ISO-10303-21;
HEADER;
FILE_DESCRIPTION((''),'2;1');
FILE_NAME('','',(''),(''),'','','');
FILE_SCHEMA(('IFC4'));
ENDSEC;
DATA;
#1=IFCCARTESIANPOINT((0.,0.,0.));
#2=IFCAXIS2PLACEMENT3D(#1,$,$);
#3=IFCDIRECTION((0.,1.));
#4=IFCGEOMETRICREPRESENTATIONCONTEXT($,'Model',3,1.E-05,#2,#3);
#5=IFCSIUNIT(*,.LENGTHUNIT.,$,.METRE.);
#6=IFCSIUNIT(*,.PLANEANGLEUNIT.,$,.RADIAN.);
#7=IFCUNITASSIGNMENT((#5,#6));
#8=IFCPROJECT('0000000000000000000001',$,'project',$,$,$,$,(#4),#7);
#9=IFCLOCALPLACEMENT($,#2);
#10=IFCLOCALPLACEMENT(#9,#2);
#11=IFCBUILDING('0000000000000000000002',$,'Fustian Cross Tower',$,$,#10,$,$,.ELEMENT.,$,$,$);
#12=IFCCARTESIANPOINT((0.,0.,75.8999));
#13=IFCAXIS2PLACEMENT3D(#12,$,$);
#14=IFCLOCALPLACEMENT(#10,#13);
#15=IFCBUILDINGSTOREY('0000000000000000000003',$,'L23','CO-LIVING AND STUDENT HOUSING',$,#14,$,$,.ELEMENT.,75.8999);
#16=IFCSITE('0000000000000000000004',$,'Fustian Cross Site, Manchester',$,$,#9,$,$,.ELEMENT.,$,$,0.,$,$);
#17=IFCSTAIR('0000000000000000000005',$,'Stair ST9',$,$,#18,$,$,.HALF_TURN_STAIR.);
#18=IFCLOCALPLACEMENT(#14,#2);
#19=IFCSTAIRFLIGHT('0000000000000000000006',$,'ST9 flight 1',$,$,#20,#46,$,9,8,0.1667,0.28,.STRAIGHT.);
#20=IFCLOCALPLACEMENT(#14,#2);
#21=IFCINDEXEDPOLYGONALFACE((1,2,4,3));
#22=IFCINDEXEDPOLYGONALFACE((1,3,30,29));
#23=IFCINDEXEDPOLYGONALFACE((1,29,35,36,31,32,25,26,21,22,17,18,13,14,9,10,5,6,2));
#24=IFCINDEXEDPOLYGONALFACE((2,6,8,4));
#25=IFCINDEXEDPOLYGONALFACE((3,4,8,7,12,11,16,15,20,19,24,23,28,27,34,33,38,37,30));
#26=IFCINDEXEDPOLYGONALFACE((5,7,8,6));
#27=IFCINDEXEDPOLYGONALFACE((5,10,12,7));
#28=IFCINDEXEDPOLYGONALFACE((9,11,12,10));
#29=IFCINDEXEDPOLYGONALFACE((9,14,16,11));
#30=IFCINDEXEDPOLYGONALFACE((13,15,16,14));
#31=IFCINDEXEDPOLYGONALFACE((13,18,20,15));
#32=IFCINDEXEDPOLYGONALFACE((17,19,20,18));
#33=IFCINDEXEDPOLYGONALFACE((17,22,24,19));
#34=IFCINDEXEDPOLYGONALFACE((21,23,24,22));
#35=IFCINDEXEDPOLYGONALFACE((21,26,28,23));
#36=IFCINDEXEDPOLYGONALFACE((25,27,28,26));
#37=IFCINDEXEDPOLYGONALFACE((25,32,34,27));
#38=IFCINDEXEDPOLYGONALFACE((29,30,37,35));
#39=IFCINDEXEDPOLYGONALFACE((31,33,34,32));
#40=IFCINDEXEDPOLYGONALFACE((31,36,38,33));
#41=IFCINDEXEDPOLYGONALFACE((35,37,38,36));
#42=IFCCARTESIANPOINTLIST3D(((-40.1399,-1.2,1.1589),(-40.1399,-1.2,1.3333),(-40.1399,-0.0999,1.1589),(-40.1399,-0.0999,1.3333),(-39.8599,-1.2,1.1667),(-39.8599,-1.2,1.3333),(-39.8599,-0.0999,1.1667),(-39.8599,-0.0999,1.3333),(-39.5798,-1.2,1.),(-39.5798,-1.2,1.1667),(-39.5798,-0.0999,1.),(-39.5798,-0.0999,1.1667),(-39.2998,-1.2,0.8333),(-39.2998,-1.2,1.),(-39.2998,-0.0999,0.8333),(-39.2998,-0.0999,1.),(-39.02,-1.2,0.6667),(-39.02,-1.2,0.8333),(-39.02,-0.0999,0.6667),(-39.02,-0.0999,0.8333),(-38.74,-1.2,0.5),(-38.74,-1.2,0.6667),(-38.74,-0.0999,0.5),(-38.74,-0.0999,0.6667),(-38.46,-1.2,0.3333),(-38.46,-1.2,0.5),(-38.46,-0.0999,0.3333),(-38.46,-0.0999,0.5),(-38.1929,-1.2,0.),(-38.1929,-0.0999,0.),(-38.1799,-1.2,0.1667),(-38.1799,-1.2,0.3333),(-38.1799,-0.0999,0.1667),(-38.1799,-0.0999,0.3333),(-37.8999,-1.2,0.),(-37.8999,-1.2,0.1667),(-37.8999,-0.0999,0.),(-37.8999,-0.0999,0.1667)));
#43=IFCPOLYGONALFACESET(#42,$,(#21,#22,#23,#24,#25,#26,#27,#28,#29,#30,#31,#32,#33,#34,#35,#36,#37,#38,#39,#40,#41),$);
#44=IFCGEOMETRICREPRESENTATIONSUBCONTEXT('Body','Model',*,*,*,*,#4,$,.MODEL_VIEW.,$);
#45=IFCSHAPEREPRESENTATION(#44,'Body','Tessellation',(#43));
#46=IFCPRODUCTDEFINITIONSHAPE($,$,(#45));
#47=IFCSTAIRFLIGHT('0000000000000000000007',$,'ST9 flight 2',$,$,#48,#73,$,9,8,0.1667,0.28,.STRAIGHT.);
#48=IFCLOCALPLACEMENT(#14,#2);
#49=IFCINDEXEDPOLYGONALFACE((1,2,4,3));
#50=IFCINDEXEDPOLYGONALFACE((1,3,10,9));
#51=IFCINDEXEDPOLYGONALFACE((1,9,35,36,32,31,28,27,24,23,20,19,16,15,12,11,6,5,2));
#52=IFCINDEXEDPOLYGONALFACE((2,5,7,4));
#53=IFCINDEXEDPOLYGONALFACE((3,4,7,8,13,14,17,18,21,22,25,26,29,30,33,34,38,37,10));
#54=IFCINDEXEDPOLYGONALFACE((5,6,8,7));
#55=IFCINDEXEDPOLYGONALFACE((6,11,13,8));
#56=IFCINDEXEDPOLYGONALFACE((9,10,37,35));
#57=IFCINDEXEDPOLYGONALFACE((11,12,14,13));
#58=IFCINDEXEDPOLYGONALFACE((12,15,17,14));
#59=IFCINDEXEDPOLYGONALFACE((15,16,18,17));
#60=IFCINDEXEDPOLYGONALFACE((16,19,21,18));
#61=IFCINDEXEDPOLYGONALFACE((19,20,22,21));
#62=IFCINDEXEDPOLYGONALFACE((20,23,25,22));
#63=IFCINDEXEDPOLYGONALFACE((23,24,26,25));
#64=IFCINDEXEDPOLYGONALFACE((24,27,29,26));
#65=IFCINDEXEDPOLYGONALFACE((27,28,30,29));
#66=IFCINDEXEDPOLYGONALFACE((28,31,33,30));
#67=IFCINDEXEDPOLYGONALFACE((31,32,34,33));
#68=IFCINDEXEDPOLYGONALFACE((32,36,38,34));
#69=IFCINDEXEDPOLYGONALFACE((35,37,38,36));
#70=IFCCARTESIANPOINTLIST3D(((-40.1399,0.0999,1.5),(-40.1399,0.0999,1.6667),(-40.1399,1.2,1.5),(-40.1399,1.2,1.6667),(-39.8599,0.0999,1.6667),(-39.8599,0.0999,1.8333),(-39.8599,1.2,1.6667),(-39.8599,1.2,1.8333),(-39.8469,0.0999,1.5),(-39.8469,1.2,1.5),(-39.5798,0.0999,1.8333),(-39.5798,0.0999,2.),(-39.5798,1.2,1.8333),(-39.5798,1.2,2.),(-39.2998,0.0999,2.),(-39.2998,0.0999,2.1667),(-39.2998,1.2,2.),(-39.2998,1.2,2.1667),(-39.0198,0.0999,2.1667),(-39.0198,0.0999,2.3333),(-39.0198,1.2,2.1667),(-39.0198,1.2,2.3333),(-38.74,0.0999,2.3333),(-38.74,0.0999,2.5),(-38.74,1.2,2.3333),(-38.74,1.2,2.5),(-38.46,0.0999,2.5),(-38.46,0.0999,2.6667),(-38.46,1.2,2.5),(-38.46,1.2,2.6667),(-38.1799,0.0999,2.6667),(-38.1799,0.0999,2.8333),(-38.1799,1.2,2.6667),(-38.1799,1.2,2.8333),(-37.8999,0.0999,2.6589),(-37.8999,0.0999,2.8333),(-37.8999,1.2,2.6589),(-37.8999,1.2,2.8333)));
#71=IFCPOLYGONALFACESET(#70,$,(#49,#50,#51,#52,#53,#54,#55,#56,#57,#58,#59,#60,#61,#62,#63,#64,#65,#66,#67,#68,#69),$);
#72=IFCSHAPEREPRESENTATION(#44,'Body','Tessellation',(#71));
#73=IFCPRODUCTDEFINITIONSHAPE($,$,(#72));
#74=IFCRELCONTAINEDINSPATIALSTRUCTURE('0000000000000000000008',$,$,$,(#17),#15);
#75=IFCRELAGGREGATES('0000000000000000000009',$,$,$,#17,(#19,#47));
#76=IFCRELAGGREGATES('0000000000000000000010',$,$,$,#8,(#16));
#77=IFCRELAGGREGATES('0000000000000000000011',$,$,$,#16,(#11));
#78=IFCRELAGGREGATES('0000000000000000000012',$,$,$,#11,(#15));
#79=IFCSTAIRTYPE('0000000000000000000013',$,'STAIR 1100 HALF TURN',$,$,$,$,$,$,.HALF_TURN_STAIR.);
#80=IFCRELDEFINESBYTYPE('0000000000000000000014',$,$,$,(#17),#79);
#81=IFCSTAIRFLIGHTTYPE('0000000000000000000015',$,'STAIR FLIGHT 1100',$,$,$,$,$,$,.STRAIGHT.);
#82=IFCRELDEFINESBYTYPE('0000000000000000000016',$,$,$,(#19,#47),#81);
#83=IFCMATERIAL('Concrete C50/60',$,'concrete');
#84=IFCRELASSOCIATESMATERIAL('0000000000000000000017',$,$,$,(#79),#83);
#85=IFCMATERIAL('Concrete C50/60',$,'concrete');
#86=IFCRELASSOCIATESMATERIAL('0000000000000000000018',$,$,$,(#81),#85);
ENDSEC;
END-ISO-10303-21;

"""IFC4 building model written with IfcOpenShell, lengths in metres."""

from ifc_helpers import new_model, si_unit, direction, frame, origin, place, context, subcontext, project, spatial, polyline, outline, extrude, material, type_object, element, aggregate, save


model = new_model("IFC4")

# Units and contexts
model_context = context("Model", 3, precision=1e-05, world=origin(), true_north=direction((0.0, 1.0)))
body_context = subcontext(model_context, "Body", "Model", "MODEL_VIEW")
ifc_project = project(units=[si_unit("LENGTHUNIT", "METRE"), si_unit("PLANEANGLEUNIT", "RADIAN")], contexts=[model_context])

# Site, building, storey
site_placement = place(None, origin())
site = spatial("IfcSite", under=ifc_project, at=site_placement, Name="Fustian Cross Site, Manchester", CompositionType="ELEMENT", RefElevation=0.0)
building_placement = place(site_placement, origin())
building = spatial("IfcBuilding", under=site, at=building_placement, Name="Fustian Cross Tower", CompositionType="ELEMENT")
storey_placement = place(building_placement, frame((0.0, 0.0, 75.8999)))
storey = spatial("IfcBuildingStorey", under=building, at=storey_placement, Name="L23", Description="CO-LIVING AND STUDENT HOUSING", CompositionType="ELEMENT", Elevation=75.8999)

# Stair, stair flights
ifc_material_1 = material(Name="Concrete C50/60", Category="concrete")
stair_type = type_object("IfcStairType", Name="STAIR 1100 HALF TURN", PredefinedType="HALF_TURN_STAIR", material=ifc_material_1)
stair_placement = place(storey_placement, origin())
stair = element("IfcStair", 1, at=stair_placement, inside=storey, type_object=stair_type, Name="Stair ST9", PredefinedType="HALF_TURN_STAIR")
ifc_material_2 = material(Name="Concrete C50/60", Category="concrete")
stair_flight_type = type_object("IfcStairFlightType", Name="STAIR FLIGHT 1100", PredefinedType="STRAIGHT", material=ifc_material_2)
stair_flight_1_placement = place(storey_placement, frame((-37.8999, -0.6499, 0.0), z_axis=(0.0, 0.0, 1.0), x_axis=(-1.0, 0.0, 0.0)))
stair_flight_1 = element("IfcStairFlight", 2, at=stair_flight_1_placement, type_object=stair_flight_type, Name="ST9 flight 1", NumberOfRisers=9, NumberOfTreads=8, PredefinedType="STRAIGHT", RiserHeight=0.1667, TreadLength=0.28, context=body_context, shape_type="SweptSolid", body=[
    extrude(outline(polyline([(0.0, 0.0), (0.0, 0.1667), (0.28, 0.1667), (0.28, 0.3333), (0.5601, 0.3333), (0.5601, 0.5), (0.8401, 0.5), (0.8401, 0.6667), (1.1201, 0.6667), (1.1201, 0.8333), (1.3999, 0.8333), (1.3999, 1.0), (1.6799, 1.0), (1.6799, 1.1667), (1.96, 1.1667), (1.96, 1.3333), (2.24, 1.3333), (2.24, 1.5), (2.24, 1.1589), (0.293, 0.0), (0.0, 0.0)])), frame((0.0, 0.55, 0.0), z_axis=(0.0, -1.0, 0.0), x_axis=(1.0, 0.0, 0.0)), (0.0, 0.0, 1.0), 1.1001),
])
stair_flight_2_placement = place(storey_placement, frame((-40.1399, 0.6499, 1.5), z_axis=(0.0, 0.0, 1.0), x_axis=(1.0, 0.0, 0.0)))
stair_flight_2 = element("IfcStairFlight", 3, at=stair_flight_2_placement, type_object=stair_flight_type, Name="ST9 flight 2", NumberOfRisers=9, NumberOfTreads=8, PredefinedType="STRAIGHT", RiserHeight=0.1667, TreadLength=0.28, context=body_context, shape_type="SweptSolid", body=[
    extrude(outline(polyline([(0.0, 0.0), (0.0, 0.1667), (0.28, 0.1667), (0.28, 0.3333), (0.5601, 0.3333), (0.5601, 0.5), (0.8401, 0.5), (0.8401, 0.6667), (1.1201, 0.6667), (1.1201, 0.8333), (1.3999, 0.8333), (1.3999, 1.0), (1.6799, 1.0), (1.6799, 1.1667), (1.96, 1.1667), (1.96, 1.3333), (2.24, 1.3333), (2.24, 1.5), (2.24, 1.1589), (0.293, 0.0), (0.0, 0.0)])), frame((0.0, 0.55, 0.0), z_axis=(0.0, -1.0, 0.0), x_axis=(1.0, 0.0, 0.0)), (0.0, 0.0, 1.0), 1.1001),
])
aggregate(stair, [stair_flight_1, stair_flight_2])

save(model, "model.ifc")
